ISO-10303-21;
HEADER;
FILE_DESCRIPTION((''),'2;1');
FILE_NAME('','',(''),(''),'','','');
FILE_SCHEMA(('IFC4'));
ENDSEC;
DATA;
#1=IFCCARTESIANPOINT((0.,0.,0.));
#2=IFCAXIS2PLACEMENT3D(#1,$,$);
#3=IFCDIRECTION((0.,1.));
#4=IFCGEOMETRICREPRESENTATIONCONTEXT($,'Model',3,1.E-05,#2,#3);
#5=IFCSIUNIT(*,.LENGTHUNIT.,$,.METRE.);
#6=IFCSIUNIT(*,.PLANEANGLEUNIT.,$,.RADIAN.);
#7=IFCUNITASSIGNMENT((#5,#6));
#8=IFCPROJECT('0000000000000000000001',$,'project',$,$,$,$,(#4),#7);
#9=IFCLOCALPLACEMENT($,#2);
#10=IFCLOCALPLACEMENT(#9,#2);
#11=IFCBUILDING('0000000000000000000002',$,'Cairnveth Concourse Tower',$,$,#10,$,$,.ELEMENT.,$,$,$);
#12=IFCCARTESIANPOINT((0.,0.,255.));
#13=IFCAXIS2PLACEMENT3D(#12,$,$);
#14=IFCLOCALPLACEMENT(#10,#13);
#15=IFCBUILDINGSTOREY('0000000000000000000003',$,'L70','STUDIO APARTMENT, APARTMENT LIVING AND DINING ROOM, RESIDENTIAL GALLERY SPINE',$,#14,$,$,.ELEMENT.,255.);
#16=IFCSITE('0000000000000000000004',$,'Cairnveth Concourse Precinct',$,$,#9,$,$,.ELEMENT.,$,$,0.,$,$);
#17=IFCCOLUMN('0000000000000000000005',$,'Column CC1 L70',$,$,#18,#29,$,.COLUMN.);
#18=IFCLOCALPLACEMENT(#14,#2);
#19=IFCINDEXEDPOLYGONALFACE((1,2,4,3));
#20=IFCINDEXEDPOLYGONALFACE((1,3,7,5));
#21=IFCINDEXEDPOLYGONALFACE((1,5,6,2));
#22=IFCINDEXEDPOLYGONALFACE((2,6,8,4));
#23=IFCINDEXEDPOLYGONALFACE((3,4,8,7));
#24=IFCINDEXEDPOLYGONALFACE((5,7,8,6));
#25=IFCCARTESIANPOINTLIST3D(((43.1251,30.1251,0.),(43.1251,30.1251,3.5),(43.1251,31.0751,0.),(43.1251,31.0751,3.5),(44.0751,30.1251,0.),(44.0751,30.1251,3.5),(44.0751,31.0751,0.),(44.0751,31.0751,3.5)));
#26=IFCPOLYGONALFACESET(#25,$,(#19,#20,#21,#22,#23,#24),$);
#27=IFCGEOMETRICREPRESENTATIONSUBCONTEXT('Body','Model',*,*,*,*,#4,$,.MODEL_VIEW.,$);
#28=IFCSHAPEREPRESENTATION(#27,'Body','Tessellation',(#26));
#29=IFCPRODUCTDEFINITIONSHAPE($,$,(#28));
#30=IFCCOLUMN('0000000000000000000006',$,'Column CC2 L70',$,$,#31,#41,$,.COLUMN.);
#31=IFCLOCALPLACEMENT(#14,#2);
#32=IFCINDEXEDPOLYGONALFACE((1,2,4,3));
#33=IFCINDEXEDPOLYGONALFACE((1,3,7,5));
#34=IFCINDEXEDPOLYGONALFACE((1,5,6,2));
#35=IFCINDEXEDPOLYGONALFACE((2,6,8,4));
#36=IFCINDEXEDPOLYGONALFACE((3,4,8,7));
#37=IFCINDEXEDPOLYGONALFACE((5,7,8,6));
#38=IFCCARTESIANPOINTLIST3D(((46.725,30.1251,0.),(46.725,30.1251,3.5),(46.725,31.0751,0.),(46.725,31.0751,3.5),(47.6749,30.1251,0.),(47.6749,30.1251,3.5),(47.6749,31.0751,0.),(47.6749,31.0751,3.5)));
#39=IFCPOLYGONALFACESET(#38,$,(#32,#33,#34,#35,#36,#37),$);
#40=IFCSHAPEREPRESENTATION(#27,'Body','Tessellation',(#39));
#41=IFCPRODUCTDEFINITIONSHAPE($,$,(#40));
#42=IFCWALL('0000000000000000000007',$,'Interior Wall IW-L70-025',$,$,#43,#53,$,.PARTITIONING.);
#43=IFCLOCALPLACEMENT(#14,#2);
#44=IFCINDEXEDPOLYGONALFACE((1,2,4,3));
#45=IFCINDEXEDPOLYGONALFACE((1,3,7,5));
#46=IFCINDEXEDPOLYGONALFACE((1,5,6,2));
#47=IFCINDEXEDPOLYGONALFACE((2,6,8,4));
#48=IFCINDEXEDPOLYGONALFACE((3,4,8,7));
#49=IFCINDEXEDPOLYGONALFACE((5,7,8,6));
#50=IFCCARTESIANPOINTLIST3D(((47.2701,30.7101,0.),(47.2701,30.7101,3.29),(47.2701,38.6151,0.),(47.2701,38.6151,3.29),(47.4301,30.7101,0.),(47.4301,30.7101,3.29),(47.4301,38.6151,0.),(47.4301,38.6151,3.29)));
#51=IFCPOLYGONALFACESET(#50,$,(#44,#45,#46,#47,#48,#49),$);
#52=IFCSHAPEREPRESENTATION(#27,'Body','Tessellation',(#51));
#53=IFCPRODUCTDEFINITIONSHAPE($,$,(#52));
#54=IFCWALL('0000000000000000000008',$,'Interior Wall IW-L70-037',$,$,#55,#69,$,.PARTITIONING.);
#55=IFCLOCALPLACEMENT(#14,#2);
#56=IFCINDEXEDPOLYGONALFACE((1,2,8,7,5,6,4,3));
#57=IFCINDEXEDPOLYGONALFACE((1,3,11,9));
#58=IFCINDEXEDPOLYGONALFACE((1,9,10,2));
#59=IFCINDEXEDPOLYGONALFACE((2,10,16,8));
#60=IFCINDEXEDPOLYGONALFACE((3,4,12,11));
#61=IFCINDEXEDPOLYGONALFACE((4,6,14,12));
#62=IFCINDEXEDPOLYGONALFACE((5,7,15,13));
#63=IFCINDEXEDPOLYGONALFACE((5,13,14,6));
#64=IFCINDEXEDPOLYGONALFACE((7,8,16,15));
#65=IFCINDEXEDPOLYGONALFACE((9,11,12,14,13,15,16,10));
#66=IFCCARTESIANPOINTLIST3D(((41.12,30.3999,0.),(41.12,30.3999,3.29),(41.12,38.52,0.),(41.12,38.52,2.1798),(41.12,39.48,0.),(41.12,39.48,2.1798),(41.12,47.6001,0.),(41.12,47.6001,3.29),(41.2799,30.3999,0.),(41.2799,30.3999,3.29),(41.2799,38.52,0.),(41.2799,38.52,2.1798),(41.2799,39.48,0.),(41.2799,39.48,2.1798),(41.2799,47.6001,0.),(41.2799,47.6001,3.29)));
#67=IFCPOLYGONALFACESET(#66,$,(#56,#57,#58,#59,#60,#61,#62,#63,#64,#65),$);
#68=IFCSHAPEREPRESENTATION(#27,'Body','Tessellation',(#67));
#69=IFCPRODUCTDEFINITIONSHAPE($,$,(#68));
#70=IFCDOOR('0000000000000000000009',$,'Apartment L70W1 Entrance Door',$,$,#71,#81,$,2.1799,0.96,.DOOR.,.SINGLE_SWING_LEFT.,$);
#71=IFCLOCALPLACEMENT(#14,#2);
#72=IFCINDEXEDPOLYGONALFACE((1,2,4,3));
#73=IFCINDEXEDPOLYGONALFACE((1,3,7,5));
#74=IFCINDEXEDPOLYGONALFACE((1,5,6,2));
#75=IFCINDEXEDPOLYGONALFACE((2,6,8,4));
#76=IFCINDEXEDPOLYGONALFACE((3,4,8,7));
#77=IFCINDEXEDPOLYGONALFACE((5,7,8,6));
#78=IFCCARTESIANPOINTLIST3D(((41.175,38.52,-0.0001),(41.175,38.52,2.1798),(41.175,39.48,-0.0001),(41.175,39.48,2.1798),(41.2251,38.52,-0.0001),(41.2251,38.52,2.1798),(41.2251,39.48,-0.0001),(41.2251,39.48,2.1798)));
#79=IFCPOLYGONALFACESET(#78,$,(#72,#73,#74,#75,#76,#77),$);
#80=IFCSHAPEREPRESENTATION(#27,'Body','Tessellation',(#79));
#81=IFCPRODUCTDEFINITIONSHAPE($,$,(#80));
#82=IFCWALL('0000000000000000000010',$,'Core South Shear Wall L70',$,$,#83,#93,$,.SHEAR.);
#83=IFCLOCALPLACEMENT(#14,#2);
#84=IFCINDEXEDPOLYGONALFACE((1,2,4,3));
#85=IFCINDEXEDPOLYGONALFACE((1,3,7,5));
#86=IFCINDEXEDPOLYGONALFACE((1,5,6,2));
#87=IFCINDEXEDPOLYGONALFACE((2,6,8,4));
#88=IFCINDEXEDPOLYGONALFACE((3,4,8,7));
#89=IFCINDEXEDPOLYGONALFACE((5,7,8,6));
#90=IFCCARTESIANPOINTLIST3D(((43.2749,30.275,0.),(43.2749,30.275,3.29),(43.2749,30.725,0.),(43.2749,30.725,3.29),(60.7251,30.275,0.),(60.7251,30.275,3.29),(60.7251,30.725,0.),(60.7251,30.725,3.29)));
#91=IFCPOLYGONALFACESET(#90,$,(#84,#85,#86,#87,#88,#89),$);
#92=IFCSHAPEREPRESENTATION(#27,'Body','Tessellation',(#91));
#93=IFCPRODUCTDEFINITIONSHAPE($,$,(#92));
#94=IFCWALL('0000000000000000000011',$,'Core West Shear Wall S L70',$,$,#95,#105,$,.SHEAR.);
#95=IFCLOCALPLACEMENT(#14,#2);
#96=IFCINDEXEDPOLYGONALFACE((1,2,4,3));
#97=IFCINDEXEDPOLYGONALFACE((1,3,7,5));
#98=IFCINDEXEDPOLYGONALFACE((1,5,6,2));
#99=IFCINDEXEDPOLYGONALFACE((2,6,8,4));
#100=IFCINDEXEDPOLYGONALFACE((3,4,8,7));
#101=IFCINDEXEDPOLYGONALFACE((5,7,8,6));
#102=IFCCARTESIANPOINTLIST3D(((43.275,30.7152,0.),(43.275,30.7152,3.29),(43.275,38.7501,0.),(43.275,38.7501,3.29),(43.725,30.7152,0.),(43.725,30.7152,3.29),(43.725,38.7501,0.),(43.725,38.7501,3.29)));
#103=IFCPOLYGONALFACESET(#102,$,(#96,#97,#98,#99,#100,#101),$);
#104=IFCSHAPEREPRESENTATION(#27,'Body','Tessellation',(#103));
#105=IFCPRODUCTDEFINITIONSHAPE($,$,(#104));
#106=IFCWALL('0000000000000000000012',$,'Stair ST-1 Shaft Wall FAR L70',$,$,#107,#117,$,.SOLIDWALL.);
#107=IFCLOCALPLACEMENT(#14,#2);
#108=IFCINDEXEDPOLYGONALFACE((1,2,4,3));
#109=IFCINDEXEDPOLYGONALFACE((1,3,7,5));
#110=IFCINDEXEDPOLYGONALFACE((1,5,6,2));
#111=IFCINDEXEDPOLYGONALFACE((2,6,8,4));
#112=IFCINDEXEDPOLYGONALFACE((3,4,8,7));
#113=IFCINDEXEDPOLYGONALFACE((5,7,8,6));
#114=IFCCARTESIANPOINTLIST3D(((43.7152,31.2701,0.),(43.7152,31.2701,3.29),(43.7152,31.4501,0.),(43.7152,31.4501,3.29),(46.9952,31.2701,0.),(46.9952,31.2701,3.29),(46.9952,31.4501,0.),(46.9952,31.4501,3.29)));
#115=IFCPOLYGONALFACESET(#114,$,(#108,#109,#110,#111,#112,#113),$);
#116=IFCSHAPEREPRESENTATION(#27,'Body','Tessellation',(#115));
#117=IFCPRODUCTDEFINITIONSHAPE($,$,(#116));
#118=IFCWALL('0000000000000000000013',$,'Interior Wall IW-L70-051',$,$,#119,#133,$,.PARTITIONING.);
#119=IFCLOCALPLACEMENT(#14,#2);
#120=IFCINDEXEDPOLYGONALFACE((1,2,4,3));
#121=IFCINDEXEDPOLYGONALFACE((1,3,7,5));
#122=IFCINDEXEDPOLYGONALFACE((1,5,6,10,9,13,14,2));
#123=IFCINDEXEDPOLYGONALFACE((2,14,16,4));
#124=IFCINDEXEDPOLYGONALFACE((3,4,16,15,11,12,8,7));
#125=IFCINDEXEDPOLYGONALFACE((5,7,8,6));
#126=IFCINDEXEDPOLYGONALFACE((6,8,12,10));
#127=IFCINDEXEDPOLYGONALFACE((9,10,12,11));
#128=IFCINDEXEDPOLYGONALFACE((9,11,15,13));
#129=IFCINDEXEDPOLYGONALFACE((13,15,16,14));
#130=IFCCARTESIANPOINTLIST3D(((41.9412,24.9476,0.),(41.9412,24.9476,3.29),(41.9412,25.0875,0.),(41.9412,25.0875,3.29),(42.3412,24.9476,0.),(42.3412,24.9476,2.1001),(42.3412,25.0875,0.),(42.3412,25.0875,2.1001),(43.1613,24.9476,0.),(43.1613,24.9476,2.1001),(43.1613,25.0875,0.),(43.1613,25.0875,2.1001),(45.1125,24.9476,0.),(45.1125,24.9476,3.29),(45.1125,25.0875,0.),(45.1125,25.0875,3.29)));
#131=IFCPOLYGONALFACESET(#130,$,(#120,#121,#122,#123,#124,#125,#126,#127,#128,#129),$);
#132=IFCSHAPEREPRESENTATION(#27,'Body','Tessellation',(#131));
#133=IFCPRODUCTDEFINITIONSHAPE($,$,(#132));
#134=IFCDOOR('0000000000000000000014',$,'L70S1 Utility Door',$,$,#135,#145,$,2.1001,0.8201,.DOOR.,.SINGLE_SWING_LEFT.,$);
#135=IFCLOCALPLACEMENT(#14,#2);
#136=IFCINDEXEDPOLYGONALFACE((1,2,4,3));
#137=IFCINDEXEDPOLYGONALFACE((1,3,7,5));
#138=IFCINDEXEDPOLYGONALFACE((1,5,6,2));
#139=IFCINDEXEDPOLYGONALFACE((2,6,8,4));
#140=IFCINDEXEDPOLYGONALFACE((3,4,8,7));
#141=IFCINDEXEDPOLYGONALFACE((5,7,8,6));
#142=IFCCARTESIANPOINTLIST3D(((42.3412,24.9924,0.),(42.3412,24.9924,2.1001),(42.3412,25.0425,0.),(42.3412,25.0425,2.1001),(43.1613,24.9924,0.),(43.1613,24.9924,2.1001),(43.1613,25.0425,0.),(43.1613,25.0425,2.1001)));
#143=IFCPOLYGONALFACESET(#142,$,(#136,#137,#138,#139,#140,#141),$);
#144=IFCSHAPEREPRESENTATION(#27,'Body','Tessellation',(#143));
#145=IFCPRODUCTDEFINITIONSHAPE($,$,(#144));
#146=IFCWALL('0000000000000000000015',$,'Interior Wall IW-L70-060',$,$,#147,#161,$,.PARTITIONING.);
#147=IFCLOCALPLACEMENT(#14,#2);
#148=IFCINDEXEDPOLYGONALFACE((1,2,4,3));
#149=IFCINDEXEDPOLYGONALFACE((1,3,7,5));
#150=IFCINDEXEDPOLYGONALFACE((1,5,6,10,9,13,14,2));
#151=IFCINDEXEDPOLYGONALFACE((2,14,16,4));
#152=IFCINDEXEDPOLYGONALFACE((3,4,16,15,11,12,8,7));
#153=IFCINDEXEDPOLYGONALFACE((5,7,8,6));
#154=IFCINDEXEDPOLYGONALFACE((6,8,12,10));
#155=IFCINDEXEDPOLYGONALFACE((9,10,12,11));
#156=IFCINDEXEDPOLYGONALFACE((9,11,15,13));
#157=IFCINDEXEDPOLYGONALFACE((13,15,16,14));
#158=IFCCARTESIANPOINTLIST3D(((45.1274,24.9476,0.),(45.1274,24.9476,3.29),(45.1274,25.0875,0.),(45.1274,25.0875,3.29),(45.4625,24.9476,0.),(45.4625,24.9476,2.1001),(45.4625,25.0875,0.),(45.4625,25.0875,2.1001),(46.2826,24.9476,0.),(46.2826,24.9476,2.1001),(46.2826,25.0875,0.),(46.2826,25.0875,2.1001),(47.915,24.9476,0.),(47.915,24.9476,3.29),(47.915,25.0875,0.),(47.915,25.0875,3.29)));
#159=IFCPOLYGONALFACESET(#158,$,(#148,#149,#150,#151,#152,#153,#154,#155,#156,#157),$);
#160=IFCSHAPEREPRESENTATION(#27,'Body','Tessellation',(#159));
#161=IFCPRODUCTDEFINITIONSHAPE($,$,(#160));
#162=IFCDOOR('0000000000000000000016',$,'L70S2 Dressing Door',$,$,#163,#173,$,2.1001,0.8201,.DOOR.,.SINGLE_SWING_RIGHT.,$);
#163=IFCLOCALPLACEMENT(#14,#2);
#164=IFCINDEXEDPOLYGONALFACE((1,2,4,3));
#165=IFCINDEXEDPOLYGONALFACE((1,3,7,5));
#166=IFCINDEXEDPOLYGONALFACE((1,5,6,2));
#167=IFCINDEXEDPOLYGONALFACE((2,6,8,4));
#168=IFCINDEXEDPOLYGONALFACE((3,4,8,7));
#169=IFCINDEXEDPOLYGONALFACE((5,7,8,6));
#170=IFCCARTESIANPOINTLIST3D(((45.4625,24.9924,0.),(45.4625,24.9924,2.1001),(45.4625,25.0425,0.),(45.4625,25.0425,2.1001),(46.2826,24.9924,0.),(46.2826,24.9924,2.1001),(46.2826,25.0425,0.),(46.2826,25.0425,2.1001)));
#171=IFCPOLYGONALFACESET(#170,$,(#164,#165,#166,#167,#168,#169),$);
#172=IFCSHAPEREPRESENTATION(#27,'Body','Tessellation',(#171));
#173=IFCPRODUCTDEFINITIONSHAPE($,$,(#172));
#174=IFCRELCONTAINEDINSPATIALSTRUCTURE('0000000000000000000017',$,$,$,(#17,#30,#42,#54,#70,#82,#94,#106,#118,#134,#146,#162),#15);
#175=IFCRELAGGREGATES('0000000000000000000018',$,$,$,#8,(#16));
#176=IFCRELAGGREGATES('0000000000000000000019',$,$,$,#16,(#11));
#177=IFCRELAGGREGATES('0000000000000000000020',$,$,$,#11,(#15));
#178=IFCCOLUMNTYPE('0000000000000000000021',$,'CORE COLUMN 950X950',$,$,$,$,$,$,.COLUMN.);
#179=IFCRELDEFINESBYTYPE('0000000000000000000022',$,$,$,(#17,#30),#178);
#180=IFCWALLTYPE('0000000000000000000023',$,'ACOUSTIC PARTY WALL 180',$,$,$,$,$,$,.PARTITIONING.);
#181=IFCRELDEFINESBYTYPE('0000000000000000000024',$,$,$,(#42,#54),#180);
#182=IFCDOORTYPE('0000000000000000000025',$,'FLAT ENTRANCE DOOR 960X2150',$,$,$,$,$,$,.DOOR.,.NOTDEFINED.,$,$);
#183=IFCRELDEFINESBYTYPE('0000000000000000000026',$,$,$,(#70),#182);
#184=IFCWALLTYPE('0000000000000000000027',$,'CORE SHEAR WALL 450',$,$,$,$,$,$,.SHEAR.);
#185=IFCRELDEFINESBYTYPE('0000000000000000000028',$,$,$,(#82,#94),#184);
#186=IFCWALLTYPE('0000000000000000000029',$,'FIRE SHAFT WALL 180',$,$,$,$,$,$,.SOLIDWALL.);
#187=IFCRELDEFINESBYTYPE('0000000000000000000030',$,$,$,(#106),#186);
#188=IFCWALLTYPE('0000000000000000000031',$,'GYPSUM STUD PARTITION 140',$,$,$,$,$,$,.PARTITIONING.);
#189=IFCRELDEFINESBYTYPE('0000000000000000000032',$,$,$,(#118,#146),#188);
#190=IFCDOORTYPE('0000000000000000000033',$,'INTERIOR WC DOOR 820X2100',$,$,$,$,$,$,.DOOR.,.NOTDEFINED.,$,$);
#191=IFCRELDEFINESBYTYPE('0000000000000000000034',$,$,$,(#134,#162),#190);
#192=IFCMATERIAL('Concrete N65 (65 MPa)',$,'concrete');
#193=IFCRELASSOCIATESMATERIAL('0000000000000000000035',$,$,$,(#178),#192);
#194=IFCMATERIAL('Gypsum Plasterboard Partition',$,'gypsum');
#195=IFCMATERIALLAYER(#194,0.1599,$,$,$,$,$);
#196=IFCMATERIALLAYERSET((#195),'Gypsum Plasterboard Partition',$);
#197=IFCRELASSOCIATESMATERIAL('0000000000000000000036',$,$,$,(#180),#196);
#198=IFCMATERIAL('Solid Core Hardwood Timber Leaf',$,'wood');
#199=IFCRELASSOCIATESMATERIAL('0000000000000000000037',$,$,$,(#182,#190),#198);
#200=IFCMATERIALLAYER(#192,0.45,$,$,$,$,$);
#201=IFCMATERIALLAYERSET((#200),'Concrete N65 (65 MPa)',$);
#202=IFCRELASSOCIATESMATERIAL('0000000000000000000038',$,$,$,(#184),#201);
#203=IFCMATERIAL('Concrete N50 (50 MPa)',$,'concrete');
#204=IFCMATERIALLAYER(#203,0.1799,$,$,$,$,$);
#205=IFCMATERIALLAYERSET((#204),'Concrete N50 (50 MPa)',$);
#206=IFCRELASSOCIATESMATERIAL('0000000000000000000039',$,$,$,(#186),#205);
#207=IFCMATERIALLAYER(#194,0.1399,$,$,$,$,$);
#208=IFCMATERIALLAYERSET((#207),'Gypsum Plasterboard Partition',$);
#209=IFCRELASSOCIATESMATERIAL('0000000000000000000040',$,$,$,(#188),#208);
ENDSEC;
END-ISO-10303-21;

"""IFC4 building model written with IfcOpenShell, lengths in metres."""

from ifc_helpers import new_model, si_unit, direction, frame, frame_2d, origin, origin_2d, place, context, subcontext, project, spatial, rectangle, extrude, material, layer, layer_set, material_profile, profile_set, type_object, element, fill, save


model = new_model("IFC4")

# Units and contexts
model_context = context("Model", 3, precision=1e-05, world=origin(), true_north=direction((0.0, 1.0)))
body_context = subcontext(model_context, "Body", "Model", "MODEL_VIEW")
ifc_project = project(units=[si_unit("LENGTHUNIT", "METRE"), si_unit("PLANEANGLEUNIT", "RADIAN")], contexts=[model_context])

# Site, building, storey
site_placement = place(None, origin())
site = spatial("IfcSite", under=ifc_project, at=site_placement, Name="Cairnveth Concourse Precinct", CompositionType="ELEMENT", RefElevation=0.0)
building_placement = place(site_placement, origin())
building = spatial("IfcBuilding", under=site, at=building_placement, Name="Cairnveth Concourse Tower", CompositionType="ELEMENT")
storey_placement = place(building_placement, frame((0.0, 0.0, 255.0)))
storey = spatial("IfcBuildingStorey", under=building, at=storey_placement, Name="L70", Description="STUDIO APARTMENT, APARTMENT LIVING AND DINING ROOM, RESIDENTIAL GALLERY SPINE", CompositionType="ELEMENT", Elevation=255.0)

# Columns
ifc_material_1 = material(Name="Concrete N65 (65 MPa)", Category="concrete")
ifc_material_profile = material_profile(ifc_material_1, rectangle(XDim=0.95, YDim=0.95, at=origin_2d()), Name="RC-COL-950x950")
ifc_profile_set = profile_set([ifc_material_profile], Name="Concrete N65 (65 MPa)")
column_type = type_object("IfcColumnType", Name="CORE COLUMN 950X950", PredefinedType="COLUMN", material=ifc_profile_set)
for number, where, z_axis, x_axis, name in (
    (1, (43.6001, 30.6001, 0.0), (0.0, 0.0, 1.0), (1.0, 0.0, 0.0), "Column CC1 L70"),
    (2, (47.2, 30.6001, 0.0), (0.0, 0.0, 1.0), (1.0, 0.0, 0.0), "Column CC2 L70"),
):
    element("IfcColumn", number, at=place(storey_placement, frame(where, z_axis=z_axis, x_axis=x_axis)), inside=storey, type_object=column_type, Name=name, PredefinedType="COLUMN", context=body_context, shape_type="SweptSolid", body=[
        extrude(rectangle(XDim=0.95, YDim=0.95, at=origin_2d()), origin(), (0.0, 0.0, 1.0), 3.5),
    ])

# Wall
ifc_material_2 = material(Name="Gypsum Plasterboard Partition", Category="gypsum")
ifc_layer_1 = layer(ifc_material_2, 0.1599)
ifc_layer_set_1 = layer_set([ifc_layer_1], Name="Gypsum Plasterboard Partition")
wall_type_1 = type_object("IfcWallType", Name="ACOUSTIC PARTY WALL 180", PredefinedType="PARTITIONING", material=ifc_layer_set_1)
wall_1_placement = place(storey_placement, frame((47.3501, 30.71, 0.0), z_axis=(0.0, 0.0, 1.0), x_axis=(0.0, 1.0, 0.0)))
element("IfcWall", 3, at=wall_1_placement, inside=storey, type_object=wall_type_1, Name="Interior Wall IW-L70-025", PredefinedType="PARTITIONING", context=body_context, shape_type="SweptSolid", body=[
    extrude(rectangle(XDim=7.905, YDim=0.1599, at=frame_2d((3.9526, 0.0))), origin(), (0.0, 0.0, 1.0), 3.29),
])

# Wall, opening, door
wall_2_placement = place(storey_placement, frame((41.2, 30.3999, 0.0), z_axis=(0.0, 0.0, 1.0), x_axis=(0.0, 1.0, 0.0)))
wall_2 = element("IfcWall", 4, at=wall_2_placement, inside=storey, type_object=wall_type_1, Name="Interior Wall IW-L70-037", PredefinedType="PARTITIONING", context=body_context, shape_type="SweptSolid", body=[
    extrude(rectangle(XDim=17.2002, YDim=0.1599, at=frame_2d((8.6001, 0.0))), origin(), (0.0, 0.0, 1.0), 3.29),
])
opening_1_placement = place(wall_2_placement, frame((8.1201, 0.0, 0.0)))
opening_1 = element("IfcOpeningElement", 5, at=opening_1_placement, cuts=wall_2, PredefinedType="OPENING", context=body_context, shape_type="SweptSolid", body=[
    extrude(rectangle(XDim=0.96, YDim=2.1799, at=frame_2d((0.48, 1.0898))), frame((0.0, 0.0898, 0.0), z_axis=(0.0, -1.0, 0.0), x_axis=(1.0, 0.0, 0.0)), (0.0, 0.0, 1.0), 0.1799),
])
ifc_material_3 = material(Name="Solid Core Hardwood Timber Leaf", Category="wood")
door_type_1 = type_object("IfcDoorType", Name="FLAT ENTRANCE DOOR 960X2150", OperationType="NOTDEFINED", PredefinedType="DOOR", material=ifc_material_3)
door_1_placement = place(opening_1_placement, origin())
door_1 = element("IfcDoor", 6, at=door_1_placement, inside=storey, type_object=door_type_1, Name="Apartment L70W1 Entrance Door", OperationType="SINGLE_SWING_LEFT", OverallHeight=2.1799, OverallWidth=0.96, PredefinedType="DOOR", context=body_context, shape_type="SweptSolid", body=[
    extrude(rectangle(XDim=0.96, YDim=2.1799, at=frame_2d((0.48, 1.0898))), frame((0.0, 0.0249, 0.0), z_axis=(0.0, -1.0, 0.0), x_axis=(1.0, 0.0, 0.0)), (0.0, 0.0, 1.0), 0.05),
])
fill(opening_1, door_1)

# Walls
ifc_layer_2 = layer(ifc_material_1, 0.45)
ifc_layer_set_2 = layer_set([ifc_layer_2], Name="Concrete N65 (65 MPa)")
wall_type_2 = type_object("IfcWallType", Name="CORE SHEAR WALL 450", PredefinedType="SHEAR", material=ifc_layer_set_2)
wall_3_placement = place(storey_placement, frame((43.2749, 30.5, 0.0), z_axis=(0.0, 0.0, 1.0), x_axis=(1.0, 0.0, 0.0)))
element("IfcWall", 7, at=wall_3_placement, inside=storey, type_object=wall_type_2, Name="Core South Shear Wall L70", PredefinedType="SHEAR", context=body_context, shape_type="SweptSolid", body=[
    extrude(rectangle(XDim=17.4502, YDim=0.45, at=frame_2d((8.7251, 0.0))), origin(), (0.0, 0.0, 1.0), 3.29),
])
wall_4_placement = place(storey_placement, frame((43.5, 30.7151, 0.0), z_axis=(0.0, 0.0, 1.0), x_axis=(0.0, 1.0, 0.0)))
element("IfcWall", 8, at=wall_4_placement, inside=storey, type_object=wall_type_2, Name="Core West Shear Wall S L70", PredefinedType="SHEAR", context=body_context, shape_type="SweptSolid", body=[
    extrude(rectangle(XDim=8.0349, YDim=0.45, at=frame_2d((4.0176, 0.0))), origin(), (0.0, 0.0, 1.0), 3.29),
])
ifc_material_4 = material(Name="Concrete N50 (50 MPa)", Category="concrete")
ifc_layer_3 = layer(ifc_material_4, 0.1799)
ifc_layer_set_3 = layer_set([ifc_layer_3], Name="Concrete N50 (50 MPa)")
wall_type_3 = type_object("IfcWallType", Name="FIRE SHAFT WALL 180", PredefinedType="SOLIDWALL", material=ifc_layer_set_3)
wall_5_placement = place(storey_placement, frame((43.7151, 31.3601, 0.0), z_axis=(0.0, 0.0, 1.0), x_axis=(1.0, 0.0, 0.0)))
element("IfcWall", 9, at=wall_5_placement, inside=storey, type_object=wall_type_3, Name="Stair ST-1 Shaft Wall FAR L70", PredefinedType="SOLIDWALL", context=body_context, shape_type="SweptSolid", body=[
    extrude(rectangle(XDim=3.28, YDim=0.1799, at=frame_2d((1.6401, 0.0))), origin(), (0.0, 0.0, 1.0), 3.29),
])

# Walls, openings, doors
ifc_layer_4 = layer(ifc_material_2, 0.1399)
ifc_layer_set_4 = layer_set([ifc_layer_4], Name="Gypsum Plasterboard Partition")
wall_type_4 = type_object("IfcWallType", Name="GYPSUM STUD PARTITION 140", PredefinedType="PARTITIONING", material=ifc_layer_set_4)
wall_6_placement = place(storey_placement, frame((41.9412, 25.0176, 0.0), z_axis=(0.0, 0.0, 1.0), x_axis=(1.0, 0.0, 0.0)))
wall_6 = element("IfcWall", 10, at=wall_6_placement, inside=storey, type_object=wall_type_4, Name="Interior Wall IW-L70-051", PredefinedType="PARTITIONING", context=body_context, shape_type="SweptSolid", body=[
    extrude(rectangle(XDim=3.1714, YDim=0.1399, at=frame_2d((1.5857, 0.0))), origin(), (0.0, 0.0, 1.0), 3.29),
])
opening_2_placement = place(wall_6_placement, frame((0.3999, 0.0, 0.0)))
opening_2 = element("IfcOpeningElement", 11, at=opening_2_placement, cuts=wall_6, PredefinedType="OPENING", context=body_context, shape_type="SweptSolid", body=[
    extrude(rectangle(XDim=0.8201, YDim=2.1001, at=frame_2d((0.4102, 1.05))), frame((0.0, 0.0798, 0.0), z_axis=(0.0, -1.0, 0.0), x_axis=(1.0, 0.0, 0.0)), (0.0, 0.0, 1.0), 0.1599),
])
door_type_2 = type_object("IfcDoorType", Name="INTERIOR WC DOOR 820X2100", OperationType="NOTDEFINED", PredefinedType="DOOR", material=ifc_material_3)
door_2_placement = place(opening_2_placement, origin())
door_2 = element("IfcDoor", 12, at=door_2_placement, inside=storey, type_object=door_type_2, Name="L70S1 Utility Door", OperationType="SINGLE_SWING_LEFT", OverallHeight=2.1001, OverallWidth=0.8201, PredefinedType="DOOR", context=body_context, shape_type="SweptSolid", body=[
    extrude(rectangle(XDim=0.8201, YDim=2.1001, at=frame_2d((0.4102, 1.05))), frame((0.0, 0.0249, 0.0), z_axis=(0.0, -1.0, 0.0), x_axis=(1.0, 0.0, 0.0)), (0.0, 0.0, 1.0), 0.05),
])
fill(opening_2, door_2)
wall_7_placement = place(storey_placement, frame((45.1274, 25.0176, 0.0), z_axis=(0.0, 0.0, 1.0), x_axis=(1.0, 0.0, 0.0)))
wall_7 = element("IfcWall", 13, at=wall_7_placement, inside=storey, type_object=wall_type_4, Name="Interior Wall IW-L70-060", PredefinedType="PARTITIONING", context=body_context, shape_type="SweptSolid", body=[
    extrude(rectangle(XDim=2.7876, YDim=0.1399, at=frame_2d((1.3938, 0.0))), origin(), (0.0, 0.0, 1.0), 3.29),
])
opening_3_placement = place(wall_7_placement, frame((0.335, 0.0, 0.0)))
opening_3 = element("IfcOpeningElement", 14, at=opening_3_placement, cuts=wall_7, PredefinedType="OPENING", context=body_context, shape_type="SweptSolid", body=[
    extrude(rectangle(XDim=0.8201, YDim=2.1001, at=frame_2d((0.4102, 1.05))), frame((0.0, 0.0798, 0.0), z_axis=(0.0, -1.0, 0.0), x_axis=(1.0, 0.0, 0.0)), (0.0, 0.0, 1.0), 0.1599),
])
door_3_placement = place(opening_3_placement, origin())
door_3 = element("IfcDoor", 15, at=door_3_placement, inside=storey, type_object=door_type_2, Name="L70S2 Dressing Door", OperationType="SINGLE_SWING_RIGHT", OverallHeight=2.1001, OverallWidth=0.8201, PredefinedType="DOOR", context=body_context, shape_type="SweptSolid", body=[
    extrude(rectangle(XDim=0.8201, YDim=2.1001, at=frame_2d((0.4102, 1.05))), frame((0.0, 0.0249, 0.0), z_axis=(0.0, -1.0, 0.0), x_axis=(1.0, 0.0, 0.0)), (0.0, 0.0, 1.0), 0.05),
])
fill(opening_3, door_3)

save(model, "model.ifc")
